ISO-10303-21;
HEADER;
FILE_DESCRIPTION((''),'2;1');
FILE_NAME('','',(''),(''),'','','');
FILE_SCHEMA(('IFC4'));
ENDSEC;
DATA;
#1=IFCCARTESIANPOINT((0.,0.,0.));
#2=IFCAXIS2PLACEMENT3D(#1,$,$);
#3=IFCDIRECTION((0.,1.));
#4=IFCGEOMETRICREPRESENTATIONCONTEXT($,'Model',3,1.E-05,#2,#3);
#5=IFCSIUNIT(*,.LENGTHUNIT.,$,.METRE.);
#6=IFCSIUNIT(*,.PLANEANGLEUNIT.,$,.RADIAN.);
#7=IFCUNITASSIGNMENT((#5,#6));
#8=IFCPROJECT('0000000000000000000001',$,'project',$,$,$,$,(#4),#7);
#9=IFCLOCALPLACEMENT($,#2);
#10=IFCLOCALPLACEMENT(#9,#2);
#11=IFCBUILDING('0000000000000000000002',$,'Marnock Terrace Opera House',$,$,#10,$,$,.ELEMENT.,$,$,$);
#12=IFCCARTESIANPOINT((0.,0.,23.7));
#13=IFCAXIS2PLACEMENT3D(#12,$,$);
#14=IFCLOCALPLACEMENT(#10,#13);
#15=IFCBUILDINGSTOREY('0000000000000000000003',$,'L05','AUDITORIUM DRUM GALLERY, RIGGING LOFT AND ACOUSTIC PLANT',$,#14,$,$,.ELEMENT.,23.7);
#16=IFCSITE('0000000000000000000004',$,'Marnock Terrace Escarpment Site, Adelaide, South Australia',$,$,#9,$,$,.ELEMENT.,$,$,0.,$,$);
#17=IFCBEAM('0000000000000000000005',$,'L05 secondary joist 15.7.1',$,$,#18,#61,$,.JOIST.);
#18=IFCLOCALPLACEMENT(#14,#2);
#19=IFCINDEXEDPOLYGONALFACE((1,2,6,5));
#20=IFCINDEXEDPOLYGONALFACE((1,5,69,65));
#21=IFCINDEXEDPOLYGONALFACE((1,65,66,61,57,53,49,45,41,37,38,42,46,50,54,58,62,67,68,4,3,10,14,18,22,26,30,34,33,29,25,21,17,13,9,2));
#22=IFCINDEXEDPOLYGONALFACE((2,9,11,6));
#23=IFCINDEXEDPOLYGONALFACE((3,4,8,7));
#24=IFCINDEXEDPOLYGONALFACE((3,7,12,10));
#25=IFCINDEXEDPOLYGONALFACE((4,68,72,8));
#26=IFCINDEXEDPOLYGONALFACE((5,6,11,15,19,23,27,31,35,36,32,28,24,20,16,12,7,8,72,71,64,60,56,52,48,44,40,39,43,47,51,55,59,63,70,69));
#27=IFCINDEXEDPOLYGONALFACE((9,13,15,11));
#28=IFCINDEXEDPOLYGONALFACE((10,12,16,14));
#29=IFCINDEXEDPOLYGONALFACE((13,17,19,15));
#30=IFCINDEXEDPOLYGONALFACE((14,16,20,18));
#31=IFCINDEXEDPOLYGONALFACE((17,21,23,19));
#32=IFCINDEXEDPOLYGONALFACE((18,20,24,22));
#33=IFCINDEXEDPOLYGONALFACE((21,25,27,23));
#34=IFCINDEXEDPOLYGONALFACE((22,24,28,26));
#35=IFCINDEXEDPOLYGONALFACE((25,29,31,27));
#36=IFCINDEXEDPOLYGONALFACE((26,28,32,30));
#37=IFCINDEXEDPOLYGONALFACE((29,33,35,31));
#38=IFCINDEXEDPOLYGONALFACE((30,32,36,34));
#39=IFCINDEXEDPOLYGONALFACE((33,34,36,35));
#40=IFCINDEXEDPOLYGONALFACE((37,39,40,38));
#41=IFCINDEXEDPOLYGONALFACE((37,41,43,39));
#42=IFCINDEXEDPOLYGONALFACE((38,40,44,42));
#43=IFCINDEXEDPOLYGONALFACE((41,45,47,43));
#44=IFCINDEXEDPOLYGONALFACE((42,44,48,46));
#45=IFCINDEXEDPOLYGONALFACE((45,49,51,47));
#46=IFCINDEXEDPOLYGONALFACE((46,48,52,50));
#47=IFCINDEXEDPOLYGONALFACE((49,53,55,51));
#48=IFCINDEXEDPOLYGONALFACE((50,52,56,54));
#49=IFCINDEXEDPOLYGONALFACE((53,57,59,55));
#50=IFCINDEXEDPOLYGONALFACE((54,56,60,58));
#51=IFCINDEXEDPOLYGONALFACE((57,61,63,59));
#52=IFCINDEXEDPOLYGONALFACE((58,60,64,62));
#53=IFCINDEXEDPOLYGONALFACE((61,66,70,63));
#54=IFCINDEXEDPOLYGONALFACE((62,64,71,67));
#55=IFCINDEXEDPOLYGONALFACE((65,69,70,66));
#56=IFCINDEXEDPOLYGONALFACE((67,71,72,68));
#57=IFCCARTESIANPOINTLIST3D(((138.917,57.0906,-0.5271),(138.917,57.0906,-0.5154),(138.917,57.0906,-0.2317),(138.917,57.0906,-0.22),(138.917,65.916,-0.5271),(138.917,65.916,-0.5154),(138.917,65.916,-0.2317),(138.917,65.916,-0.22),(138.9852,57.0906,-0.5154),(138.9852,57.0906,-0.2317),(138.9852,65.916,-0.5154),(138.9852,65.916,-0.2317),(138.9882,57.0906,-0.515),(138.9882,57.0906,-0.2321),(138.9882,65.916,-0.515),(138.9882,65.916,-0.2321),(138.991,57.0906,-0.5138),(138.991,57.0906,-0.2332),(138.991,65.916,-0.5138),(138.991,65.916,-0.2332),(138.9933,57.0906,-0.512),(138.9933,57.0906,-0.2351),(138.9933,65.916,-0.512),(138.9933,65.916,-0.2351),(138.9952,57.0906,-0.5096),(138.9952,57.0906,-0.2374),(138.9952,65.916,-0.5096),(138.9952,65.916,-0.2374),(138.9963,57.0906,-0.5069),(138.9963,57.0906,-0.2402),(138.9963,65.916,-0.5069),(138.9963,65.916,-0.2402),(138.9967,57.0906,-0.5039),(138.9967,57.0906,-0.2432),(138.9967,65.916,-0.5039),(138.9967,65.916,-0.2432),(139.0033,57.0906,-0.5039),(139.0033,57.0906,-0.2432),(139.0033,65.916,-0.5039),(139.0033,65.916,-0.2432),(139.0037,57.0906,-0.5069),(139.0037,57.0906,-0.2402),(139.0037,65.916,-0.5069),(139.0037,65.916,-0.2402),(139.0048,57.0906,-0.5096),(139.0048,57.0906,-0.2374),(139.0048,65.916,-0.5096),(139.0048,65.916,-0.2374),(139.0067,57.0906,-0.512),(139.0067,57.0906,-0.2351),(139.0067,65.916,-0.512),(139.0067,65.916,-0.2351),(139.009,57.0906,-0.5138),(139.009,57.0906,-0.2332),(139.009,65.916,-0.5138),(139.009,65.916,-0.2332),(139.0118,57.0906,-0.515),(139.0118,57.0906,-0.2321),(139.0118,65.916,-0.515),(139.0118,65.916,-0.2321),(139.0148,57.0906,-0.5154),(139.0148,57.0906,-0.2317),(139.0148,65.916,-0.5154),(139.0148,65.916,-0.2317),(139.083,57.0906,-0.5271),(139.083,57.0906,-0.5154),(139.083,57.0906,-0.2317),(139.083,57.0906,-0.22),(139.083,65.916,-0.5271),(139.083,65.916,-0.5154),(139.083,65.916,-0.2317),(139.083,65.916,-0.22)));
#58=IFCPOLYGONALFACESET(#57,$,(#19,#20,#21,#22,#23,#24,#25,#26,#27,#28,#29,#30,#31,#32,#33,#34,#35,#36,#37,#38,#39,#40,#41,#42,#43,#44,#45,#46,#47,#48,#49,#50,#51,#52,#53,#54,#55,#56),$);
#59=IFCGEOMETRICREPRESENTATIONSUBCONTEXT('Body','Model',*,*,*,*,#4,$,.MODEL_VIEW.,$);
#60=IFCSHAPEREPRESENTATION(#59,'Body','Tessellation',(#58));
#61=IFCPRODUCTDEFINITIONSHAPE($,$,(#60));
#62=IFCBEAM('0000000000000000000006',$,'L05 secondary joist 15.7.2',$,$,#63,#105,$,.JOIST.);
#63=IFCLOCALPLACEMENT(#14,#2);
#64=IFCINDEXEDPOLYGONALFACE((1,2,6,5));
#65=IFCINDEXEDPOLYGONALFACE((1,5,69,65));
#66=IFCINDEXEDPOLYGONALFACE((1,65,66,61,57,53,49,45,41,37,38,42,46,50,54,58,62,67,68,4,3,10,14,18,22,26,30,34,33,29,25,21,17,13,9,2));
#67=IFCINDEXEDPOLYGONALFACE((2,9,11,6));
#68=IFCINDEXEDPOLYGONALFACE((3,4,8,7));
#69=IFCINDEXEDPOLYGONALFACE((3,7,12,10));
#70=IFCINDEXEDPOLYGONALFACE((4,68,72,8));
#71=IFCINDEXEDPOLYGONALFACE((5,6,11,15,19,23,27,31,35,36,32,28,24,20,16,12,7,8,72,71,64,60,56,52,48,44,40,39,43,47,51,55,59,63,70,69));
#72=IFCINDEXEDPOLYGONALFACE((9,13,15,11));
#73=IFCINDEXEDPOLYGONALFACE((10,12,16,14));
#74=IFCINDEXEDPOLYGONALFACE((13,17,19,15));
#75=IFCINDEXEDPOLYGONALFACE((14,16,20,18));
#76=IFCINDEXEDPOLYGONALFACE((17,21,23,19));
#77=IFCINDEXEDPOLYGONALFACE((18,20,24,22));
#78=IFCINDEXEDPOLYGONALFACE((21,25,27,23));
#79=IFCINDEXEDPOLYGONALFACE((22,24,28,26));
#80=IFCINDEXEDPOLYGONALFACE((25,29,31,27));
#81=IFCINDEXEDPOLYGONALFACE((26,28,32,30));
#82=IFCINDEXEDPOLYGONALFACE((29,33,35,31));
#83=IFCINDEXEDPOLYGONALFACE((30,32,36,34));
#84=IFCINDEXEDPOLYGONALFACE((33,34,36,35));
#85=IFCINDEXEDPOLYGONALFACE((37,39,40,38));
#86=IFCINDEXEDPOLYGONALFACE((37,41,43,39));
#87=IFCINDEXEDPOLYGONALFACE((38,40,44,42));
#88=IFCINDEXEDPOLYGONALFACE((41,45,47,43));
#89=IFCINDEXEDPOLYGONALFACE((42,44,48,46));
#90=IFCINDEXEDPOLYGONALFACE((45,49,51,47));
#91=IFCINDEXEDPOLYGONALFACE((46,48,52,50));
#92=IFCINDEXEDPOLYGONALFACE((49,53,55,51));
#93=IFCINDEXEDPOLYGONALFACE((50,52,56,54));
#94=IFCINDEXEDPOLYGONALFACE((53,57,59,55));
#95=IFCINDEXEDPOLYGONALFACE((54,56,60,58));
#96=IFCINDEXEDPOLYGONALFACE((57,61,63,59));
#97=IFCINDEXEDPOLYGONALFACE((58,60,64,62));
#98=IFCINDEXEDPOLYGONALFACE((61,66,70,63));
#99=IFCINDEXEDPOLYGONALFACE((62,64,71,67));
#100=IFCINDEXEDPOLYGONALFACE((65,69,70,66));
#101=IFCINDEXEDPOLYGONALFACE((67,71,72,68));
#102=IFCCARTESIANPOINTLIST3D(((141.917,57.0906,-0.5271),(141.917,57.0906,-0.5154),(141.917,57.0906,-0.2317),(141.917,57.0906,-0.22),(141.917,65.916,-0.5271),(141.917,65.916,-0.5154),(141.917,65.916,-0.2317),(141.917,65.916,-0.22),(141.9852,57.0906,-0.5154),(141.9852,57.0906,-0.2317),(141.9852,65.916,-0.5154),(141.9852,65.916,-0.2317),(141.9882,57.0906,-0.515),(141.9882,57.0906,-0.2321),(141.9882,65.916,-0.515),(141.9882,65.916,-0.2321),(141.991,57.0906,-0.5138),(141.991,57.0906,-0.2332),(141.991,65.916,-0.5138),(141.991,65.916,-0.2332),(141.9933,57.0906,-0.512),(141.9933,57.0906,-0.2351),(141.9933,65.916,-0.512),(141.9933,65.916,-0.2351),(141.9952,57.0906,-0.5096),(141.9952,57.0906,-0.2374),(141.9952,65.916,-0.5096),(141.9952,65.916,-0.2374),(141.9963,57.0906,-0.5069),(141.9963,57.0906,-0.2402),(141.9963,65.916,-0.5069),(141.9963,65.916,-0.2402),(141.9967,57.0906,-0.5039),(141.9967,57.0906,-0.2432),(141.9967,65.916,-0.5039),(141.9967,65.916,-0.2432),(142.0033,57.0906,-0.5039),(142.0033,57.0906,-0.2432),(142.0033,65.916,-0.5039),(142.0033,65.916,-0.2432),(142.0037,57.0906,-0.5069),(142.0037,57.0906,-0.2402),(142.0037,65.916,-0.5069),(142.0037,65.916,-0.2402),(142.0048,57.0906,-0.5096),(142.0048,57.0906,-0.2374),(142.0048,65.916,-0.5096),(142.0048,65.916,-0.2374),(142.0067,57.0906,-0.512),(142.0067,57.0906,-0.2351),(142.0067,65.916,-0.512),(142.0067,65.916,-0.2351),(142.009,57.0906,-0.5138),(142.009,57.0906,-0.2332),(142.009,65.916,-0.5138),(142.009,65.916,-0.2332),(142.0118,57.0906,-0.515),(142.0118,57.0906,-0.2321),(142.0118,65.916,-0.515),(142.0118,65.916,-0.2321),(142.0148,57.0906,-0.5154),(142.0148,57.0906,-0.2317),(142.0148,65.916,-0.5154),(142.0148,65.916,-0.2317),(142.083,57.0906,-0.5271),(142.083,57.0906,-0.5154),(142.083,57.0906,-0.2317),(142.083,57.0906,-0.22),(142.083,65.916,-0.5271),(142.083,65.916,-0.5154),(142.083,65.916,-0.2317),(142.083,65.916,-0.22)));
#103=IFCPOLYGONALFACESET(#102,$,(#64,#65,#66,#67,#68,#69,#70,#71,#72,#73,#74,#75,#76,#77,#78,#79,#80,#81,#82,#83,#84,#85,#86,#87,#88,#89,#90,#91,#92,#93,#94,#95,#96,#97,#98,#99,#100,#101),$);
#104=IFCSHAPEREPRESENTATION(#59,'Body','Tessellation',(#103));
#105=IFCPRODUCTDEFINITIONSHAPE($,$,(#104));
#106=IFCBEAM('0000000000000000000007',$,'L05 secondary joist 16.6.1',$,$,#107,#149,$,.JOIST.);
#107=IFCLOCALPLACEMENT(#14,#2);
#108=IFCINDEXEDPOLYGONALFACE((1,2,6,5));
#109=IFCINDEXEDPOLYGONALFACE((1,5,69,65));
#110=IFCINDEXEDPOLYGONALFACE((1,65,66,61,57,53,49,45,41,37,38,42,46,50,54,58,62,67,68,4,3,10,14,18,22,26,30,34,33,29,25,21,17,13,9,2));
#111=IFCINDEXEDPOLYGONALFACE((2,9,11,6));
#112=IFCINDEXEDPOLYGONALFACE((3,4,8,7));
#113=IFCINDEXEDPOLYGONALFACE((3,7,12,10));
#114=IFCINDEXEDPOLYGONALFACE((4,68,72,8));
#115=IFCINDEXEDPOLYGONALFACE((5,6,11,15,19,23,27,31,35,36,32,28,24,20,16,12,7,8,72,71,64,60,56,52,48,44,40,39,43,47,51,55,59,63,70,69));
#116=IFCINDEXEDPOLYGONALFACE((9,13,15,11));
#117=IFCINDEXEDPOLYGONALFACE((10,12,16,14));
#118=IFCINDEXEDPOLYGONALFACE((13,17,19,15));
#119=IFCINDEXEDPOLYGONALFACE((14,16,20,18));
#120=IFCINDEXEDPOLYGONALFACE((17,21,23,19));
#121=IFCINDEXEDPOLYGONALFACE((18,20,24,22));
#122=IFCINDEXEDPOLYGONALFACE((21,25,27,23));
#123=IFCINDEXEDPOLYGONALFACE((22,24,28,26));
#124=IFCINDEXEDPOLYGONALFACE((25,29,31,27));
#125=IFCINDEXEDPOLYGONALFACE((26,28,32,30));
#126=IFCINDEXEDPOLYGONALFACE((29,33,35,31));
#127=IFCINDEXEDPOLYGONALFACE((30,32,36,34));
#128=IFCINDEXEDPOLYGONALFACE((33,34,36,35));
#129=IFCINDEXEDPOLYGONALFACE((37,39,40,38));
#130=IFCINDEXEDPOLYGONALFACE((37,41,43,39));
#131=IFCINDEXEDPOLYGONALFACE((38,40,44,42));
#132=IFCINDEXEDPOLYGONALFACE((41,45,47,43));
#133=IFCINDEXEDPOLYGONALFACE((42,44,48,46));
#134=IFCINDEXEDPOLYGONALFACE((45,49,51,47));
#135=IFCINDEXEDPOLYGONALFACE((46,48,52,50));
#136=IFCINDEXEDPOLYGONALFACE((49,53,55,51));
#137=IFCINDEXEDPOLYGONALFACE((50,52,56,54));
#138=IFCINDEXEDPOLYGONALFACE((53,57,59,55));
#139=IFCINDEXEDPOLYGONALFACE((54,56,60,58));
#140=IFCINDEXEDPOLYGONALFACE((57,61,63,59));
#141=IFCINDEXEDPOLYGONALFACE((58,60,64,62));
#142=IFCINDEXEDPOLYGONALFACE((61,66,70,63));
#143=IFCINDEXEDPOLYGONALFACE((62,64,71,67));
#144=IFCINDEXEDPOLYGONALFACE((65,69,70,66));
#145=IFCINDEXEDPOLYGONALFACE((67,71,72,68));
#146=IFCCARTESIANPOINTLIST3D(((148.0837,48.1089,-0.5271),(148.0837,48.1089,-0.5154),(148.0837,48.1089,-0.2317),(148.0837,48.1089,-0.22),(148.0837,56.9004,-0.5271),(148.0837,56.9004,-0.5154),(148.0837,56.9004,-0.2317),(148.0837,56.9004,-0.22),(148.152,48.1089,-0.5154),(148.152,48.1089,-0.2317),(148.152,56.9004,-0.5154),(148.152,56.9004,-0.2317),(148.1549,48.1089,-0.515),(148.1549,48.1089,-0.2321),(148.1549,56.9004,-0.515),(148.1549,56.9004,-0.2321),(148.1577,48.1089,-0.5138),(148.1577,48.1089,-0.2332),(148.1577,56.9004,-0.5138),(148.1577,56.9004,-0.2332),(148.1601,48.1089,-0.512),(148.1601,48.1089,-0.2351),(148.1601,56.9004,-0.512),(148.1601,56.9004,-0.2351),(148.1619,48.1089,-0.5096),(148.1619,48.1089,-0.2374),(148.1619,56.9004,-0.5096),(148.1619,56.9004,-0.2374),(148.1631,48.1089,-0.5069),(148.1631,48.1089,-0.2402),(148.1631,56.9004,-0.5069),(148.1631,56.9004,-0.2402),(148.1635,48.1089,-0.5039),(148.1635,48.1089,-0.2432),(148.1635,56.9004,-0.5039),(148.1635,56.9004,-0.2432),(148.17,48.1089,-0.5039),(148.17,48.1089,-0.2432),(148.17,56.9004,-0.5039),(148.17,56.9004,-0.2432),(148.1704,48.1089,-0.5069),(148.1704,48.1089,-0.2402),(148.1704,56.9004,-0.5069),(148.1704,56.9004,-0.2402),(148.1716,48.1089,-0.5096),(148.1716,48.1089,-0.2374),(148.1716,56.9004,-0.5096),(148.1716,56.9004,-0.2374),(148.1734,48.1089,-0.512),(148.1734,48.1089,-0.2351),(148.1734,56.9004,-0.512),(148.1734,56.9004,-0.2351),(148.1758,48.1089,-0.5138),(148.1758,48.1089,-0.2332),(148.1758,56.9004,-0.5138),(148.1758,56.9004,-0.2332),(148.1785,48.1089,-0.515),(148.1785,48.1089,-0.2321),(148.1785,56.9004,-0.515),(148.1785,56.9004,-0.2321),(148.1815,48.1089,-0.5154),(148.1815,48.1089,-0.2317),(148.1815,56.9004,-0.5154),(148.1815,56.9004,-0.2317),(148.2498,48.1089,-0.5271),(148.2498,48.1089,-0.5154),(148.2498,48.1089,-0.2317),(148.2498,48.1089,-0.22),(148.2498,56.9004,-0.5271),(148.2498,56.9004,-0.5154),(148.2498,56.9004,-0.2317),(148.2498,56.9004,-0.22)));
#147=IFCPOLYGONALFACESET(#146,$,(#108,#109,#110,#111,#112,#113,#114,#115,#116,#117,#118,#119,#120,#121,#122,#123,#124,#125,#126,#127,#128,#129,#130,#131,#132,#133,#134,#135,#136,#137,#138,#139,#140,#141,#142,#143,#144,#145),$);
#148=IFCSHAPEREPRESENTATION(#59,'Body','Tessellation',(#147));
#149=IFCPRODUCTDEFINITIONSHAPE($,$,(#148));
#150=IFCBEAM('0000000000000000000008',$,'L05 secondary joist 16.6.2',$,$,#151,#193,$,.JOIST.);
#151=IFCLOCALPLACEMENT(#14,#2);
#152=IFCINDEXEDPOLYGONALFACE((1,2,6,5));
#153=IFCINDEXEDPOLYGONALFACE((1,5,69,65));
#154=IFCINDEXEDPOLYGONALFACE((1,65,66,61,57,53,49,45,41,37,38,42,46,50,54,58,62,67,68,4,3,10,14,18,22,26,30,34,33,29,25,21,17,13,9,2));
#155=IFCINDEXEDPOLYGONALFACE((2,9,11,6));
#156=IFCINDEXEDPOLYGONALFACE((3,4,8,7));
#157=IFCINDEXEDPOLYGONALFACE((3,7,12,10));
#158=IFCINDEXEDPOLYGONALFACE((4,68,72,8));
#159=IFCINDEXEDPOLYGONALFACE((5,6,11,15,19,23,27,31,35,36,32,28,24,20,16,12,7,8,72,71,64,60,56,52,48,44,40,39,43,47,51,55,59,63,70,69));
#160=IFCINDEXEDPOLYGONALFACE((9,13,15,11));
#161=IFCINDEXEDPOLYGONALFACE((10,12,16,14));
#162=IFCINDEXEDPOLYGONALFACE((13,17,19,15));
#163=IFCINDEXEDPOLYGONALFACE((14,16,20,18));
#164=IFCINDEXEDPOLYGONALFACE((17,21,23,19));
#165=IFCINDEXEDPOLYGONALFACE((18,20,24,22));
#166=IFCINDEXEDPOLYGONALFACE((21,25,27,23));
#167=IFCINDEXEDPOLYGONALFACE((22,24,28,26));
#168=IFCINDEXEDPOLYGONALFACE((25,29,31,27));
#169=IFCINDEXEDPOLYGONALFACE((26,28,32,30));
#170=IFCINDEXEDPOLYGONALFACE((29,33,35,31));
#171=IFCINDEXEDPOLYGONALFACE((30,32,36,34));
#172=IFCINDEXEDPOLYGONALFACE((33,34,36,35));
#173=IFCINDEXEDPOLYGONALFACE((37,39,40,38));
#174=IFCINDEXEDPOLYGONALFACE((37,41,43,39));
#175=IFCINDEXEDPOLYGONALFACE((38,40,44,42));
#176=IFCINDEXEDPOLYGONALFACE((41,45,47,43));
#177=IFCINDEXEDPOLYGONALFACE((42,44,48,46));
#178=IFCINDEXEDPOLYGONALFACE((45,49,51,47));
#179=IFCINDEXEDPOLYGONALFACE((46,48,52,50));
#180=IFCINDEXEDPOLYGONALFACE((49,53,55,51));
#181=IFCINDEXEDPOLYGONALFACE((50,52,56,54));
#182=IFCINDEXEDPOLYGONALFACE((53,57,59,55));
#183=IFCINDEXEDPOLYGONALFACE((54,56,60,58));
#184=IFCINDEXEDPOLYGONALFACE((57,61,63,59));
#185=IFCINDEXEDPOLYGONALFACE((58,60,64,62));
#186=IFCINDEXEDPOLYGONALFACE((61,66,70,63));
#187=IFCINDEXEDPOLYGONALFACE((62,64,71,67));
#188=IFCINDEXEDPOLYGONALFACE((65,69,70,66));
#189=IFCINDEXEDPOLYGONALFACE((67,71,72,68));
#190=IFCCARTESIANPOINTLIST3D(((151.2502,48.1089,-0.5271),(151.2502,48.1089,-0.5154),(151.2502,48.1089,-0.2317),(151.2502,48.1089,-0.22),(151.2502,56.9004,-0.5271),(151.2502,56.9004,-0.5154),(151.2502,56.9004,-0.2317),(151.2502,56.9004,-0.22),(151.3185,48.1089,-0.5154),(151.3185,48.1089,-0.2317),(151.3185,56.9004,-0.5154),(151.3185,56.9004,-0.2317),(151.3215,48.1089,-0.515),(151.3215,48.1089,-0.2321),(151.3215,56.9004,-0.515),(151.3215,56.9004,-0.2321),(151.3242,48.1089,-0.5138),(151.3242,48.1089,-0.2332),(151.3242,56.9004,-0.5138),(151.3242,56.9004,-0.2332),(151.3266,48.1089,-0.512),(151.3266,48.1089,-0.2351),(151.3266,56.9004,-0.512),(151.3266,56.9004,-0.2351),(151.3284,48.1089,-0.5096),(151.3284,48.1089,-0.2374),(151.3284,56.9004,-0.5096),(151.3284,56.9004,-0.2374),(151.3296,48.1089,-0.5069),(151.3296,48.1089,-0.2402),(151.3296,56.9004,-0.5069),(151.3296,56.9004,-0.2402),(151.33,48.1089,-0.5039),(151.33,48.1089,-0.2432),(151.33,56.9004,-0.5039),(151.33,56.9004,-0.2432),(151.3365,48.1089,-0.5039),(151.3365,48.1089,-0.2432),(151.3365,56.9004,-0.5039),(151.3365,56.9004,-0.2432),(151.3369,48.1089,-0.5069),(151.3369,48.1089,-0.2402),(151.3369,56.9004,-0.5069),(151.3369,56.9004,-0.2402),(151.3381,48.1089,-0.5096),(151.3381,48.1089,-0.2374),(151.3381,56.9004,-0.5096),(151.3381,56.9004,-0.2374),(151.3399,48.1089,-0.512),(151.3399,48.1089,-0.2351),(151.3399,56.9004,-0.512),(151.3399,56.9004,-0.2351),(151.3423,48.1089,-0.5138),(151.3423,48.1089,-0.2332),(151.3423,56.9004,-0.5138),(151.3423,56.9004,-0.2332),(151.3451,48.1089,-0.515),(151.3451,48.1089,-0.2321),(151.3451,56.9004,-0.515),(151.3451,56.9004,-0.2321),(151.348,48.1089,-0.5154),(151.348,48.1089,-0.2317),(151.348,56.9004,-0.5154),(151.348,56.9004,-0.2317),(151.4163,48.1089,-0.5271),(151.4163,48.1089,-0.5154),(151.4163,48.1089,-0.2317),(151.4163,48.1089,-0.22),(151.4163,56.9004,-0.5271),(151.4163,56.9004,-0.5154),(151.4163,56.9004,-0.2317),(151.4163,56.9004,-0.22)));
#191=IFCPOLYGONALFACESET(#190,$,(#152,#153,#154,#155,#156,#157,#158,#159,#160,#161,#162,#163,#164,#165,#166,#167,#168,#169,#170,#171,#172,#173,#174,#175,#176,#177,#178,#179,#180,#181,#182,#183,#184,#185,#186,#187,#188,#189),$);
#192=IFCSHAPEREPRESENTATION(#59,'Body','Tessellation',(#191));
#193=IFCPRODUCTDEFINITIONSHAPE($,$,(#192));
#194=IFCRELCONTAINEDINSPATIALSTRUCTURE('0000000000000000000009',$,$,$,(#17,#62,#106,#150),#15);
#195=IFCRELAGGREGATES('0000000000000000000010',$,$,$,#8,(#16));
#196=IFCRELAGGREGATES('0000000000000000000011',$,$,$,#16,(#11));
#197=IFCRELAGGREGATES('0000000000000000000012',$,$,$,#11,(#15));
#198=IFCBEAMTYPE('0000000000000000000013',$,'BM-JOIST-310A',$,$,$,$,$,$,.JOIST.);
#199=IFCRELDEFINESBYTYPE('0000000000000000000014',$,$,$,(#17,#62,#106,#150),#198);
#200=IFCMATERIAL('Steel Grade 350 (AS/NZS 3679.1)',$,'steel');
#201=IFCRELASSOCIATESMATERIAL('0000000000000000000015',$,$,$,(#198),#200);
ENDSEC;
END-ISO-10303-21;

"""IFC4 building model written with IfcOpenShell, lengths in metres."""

from ifc_helpers import new_model, si_unit, direction, frame, origin, origin_2d, place, context, subcontext, project, spatial, i_section, extrude, material, material_profile, profile_set, type_object, element, save


model = new_model("IFC4")

# Units and contexts
model_context = context("Model", 3, precision=1e-05, world=origin(), true_north=direction((0.0, 1.0)))
body_context = subcontext(model_context, "Body", "Model", "MODEL_VIEW")
ifc_project = project(units=[si_unit("LENGTHUNIT", "METRE"), si_unit("PLANEANGLEUNIT", "RADIAN")], contexts=[model_context])

# Site, building, storey
site_placement = place(None, origin())
site = spatial("IfcSite", under=ifc_project, at=site_placement, Name="Marnock Terrace Escarpment Site, Adelaide, South Australia", CompositionType="ELEMENT", RefElevation=0.0)
building_placement = place(site_placement, origin())
building = spatial("IfcBuilding", under=site, at=building_placement, Name="Marnock Terrace Opera House", CompositionType="ELEMENT")
storey_placement = place(building_placement, frame((0.0, 0.0, 23.7)))
storey = spatial("IfcBuildingStorey", under=building, at=storey_placement, Name="L05", Description="AUDITORIUM DRUM GALLERY, RIGGING LOFT AND ACOUSTIC PLANT", CompositionType="ELEMENT", Elevation=23.7)

# Beams
ifc_material = material(Name="Steel Grade 350 (AS/NZS 3679.1)", Category="steel")
ifc_material_profile_1 = material_profile(ifc_material, i_section(OverallWidth=0.166, OverallDepth=0.3071, WebThickness=0.0066, FlangeThickness=0.0117, FilletRadius=0.0115, at=origin_2d()))
ifc_profile_set_1 = profile_set([ifc_material_profile_1], Name="Steel Grade 350 (AS/NZS 3679.1)")
beam_type_1 = type_object("IfcBeamType", Name="BM-JOIST-310A", PredefinedType="JOIST", material=ifc_profile_set_1)
for number, where, z_axis, x_axis, name in (
    (1, (139.0, 57.0906, -0.3735), (0.0, 1.0, 0.0), (-1.0, 0.0, 0.0), "L05 secondary joist 15.7.1"),
    (2, (142.0, 57.0906, -0.3735), (0.0, 1.0, 0.0), (-1.0, 0.0, 0.0), "L05 secondary joist 15.7.2"),
):
    element("IfcBeam", number, at=place(storey_placement, frame(where, z_axis=z_axis, x_axis=x_axis)), inside=storey, type_object=beam_type_1, Name=name, PredefinedType="JOIST", context=body_context, shape_type="SweptSolid", body=[
        extrude(i_section(OverallWidth=0.166, OverallDepth=0.3071, WebThickness=0.0066, FlangeThickness=0.0117, FilletRadius=0.0115, at=origin_2d()), origin(), (0.0, 0.0, 1.0), 8.8254),
    ])
for number, where, z_axis, x_axis, name in (
    (3, (148.1667, 48.1089, -0.3735), (0.0, 1.0, 0.0), (-1.0, 0.0, 0.0), "L05 secondary joist 16.6.1"),
    (4, (151.3333, 48.1089, -0.3735), (0.0, 1.0, 0.0), (-1.0, 0.0, 0.0), "L05 secondary joist 16.6.2"),
):
    element("IfcBeam", number, at=place(storey_placement, frame(where, z_axis=z_axis, x_axis=x_axis)), inside=storey, type_object=beam_type_1, Name=name, PredefinedType="JOIST", context=body_context, shape_type="SweptSolid", body=[
        extrude(i_section(OverallWidth=0.166, OverallDepth=0.3071, WebThickness=0.0066, FlangeThickness=0.0117, FilletRadius=0.0115, at=origin_2d()), origin(), (0.0, 0.0, 1.0), 8.7915),
    ])

save(model, "model.ifc")
